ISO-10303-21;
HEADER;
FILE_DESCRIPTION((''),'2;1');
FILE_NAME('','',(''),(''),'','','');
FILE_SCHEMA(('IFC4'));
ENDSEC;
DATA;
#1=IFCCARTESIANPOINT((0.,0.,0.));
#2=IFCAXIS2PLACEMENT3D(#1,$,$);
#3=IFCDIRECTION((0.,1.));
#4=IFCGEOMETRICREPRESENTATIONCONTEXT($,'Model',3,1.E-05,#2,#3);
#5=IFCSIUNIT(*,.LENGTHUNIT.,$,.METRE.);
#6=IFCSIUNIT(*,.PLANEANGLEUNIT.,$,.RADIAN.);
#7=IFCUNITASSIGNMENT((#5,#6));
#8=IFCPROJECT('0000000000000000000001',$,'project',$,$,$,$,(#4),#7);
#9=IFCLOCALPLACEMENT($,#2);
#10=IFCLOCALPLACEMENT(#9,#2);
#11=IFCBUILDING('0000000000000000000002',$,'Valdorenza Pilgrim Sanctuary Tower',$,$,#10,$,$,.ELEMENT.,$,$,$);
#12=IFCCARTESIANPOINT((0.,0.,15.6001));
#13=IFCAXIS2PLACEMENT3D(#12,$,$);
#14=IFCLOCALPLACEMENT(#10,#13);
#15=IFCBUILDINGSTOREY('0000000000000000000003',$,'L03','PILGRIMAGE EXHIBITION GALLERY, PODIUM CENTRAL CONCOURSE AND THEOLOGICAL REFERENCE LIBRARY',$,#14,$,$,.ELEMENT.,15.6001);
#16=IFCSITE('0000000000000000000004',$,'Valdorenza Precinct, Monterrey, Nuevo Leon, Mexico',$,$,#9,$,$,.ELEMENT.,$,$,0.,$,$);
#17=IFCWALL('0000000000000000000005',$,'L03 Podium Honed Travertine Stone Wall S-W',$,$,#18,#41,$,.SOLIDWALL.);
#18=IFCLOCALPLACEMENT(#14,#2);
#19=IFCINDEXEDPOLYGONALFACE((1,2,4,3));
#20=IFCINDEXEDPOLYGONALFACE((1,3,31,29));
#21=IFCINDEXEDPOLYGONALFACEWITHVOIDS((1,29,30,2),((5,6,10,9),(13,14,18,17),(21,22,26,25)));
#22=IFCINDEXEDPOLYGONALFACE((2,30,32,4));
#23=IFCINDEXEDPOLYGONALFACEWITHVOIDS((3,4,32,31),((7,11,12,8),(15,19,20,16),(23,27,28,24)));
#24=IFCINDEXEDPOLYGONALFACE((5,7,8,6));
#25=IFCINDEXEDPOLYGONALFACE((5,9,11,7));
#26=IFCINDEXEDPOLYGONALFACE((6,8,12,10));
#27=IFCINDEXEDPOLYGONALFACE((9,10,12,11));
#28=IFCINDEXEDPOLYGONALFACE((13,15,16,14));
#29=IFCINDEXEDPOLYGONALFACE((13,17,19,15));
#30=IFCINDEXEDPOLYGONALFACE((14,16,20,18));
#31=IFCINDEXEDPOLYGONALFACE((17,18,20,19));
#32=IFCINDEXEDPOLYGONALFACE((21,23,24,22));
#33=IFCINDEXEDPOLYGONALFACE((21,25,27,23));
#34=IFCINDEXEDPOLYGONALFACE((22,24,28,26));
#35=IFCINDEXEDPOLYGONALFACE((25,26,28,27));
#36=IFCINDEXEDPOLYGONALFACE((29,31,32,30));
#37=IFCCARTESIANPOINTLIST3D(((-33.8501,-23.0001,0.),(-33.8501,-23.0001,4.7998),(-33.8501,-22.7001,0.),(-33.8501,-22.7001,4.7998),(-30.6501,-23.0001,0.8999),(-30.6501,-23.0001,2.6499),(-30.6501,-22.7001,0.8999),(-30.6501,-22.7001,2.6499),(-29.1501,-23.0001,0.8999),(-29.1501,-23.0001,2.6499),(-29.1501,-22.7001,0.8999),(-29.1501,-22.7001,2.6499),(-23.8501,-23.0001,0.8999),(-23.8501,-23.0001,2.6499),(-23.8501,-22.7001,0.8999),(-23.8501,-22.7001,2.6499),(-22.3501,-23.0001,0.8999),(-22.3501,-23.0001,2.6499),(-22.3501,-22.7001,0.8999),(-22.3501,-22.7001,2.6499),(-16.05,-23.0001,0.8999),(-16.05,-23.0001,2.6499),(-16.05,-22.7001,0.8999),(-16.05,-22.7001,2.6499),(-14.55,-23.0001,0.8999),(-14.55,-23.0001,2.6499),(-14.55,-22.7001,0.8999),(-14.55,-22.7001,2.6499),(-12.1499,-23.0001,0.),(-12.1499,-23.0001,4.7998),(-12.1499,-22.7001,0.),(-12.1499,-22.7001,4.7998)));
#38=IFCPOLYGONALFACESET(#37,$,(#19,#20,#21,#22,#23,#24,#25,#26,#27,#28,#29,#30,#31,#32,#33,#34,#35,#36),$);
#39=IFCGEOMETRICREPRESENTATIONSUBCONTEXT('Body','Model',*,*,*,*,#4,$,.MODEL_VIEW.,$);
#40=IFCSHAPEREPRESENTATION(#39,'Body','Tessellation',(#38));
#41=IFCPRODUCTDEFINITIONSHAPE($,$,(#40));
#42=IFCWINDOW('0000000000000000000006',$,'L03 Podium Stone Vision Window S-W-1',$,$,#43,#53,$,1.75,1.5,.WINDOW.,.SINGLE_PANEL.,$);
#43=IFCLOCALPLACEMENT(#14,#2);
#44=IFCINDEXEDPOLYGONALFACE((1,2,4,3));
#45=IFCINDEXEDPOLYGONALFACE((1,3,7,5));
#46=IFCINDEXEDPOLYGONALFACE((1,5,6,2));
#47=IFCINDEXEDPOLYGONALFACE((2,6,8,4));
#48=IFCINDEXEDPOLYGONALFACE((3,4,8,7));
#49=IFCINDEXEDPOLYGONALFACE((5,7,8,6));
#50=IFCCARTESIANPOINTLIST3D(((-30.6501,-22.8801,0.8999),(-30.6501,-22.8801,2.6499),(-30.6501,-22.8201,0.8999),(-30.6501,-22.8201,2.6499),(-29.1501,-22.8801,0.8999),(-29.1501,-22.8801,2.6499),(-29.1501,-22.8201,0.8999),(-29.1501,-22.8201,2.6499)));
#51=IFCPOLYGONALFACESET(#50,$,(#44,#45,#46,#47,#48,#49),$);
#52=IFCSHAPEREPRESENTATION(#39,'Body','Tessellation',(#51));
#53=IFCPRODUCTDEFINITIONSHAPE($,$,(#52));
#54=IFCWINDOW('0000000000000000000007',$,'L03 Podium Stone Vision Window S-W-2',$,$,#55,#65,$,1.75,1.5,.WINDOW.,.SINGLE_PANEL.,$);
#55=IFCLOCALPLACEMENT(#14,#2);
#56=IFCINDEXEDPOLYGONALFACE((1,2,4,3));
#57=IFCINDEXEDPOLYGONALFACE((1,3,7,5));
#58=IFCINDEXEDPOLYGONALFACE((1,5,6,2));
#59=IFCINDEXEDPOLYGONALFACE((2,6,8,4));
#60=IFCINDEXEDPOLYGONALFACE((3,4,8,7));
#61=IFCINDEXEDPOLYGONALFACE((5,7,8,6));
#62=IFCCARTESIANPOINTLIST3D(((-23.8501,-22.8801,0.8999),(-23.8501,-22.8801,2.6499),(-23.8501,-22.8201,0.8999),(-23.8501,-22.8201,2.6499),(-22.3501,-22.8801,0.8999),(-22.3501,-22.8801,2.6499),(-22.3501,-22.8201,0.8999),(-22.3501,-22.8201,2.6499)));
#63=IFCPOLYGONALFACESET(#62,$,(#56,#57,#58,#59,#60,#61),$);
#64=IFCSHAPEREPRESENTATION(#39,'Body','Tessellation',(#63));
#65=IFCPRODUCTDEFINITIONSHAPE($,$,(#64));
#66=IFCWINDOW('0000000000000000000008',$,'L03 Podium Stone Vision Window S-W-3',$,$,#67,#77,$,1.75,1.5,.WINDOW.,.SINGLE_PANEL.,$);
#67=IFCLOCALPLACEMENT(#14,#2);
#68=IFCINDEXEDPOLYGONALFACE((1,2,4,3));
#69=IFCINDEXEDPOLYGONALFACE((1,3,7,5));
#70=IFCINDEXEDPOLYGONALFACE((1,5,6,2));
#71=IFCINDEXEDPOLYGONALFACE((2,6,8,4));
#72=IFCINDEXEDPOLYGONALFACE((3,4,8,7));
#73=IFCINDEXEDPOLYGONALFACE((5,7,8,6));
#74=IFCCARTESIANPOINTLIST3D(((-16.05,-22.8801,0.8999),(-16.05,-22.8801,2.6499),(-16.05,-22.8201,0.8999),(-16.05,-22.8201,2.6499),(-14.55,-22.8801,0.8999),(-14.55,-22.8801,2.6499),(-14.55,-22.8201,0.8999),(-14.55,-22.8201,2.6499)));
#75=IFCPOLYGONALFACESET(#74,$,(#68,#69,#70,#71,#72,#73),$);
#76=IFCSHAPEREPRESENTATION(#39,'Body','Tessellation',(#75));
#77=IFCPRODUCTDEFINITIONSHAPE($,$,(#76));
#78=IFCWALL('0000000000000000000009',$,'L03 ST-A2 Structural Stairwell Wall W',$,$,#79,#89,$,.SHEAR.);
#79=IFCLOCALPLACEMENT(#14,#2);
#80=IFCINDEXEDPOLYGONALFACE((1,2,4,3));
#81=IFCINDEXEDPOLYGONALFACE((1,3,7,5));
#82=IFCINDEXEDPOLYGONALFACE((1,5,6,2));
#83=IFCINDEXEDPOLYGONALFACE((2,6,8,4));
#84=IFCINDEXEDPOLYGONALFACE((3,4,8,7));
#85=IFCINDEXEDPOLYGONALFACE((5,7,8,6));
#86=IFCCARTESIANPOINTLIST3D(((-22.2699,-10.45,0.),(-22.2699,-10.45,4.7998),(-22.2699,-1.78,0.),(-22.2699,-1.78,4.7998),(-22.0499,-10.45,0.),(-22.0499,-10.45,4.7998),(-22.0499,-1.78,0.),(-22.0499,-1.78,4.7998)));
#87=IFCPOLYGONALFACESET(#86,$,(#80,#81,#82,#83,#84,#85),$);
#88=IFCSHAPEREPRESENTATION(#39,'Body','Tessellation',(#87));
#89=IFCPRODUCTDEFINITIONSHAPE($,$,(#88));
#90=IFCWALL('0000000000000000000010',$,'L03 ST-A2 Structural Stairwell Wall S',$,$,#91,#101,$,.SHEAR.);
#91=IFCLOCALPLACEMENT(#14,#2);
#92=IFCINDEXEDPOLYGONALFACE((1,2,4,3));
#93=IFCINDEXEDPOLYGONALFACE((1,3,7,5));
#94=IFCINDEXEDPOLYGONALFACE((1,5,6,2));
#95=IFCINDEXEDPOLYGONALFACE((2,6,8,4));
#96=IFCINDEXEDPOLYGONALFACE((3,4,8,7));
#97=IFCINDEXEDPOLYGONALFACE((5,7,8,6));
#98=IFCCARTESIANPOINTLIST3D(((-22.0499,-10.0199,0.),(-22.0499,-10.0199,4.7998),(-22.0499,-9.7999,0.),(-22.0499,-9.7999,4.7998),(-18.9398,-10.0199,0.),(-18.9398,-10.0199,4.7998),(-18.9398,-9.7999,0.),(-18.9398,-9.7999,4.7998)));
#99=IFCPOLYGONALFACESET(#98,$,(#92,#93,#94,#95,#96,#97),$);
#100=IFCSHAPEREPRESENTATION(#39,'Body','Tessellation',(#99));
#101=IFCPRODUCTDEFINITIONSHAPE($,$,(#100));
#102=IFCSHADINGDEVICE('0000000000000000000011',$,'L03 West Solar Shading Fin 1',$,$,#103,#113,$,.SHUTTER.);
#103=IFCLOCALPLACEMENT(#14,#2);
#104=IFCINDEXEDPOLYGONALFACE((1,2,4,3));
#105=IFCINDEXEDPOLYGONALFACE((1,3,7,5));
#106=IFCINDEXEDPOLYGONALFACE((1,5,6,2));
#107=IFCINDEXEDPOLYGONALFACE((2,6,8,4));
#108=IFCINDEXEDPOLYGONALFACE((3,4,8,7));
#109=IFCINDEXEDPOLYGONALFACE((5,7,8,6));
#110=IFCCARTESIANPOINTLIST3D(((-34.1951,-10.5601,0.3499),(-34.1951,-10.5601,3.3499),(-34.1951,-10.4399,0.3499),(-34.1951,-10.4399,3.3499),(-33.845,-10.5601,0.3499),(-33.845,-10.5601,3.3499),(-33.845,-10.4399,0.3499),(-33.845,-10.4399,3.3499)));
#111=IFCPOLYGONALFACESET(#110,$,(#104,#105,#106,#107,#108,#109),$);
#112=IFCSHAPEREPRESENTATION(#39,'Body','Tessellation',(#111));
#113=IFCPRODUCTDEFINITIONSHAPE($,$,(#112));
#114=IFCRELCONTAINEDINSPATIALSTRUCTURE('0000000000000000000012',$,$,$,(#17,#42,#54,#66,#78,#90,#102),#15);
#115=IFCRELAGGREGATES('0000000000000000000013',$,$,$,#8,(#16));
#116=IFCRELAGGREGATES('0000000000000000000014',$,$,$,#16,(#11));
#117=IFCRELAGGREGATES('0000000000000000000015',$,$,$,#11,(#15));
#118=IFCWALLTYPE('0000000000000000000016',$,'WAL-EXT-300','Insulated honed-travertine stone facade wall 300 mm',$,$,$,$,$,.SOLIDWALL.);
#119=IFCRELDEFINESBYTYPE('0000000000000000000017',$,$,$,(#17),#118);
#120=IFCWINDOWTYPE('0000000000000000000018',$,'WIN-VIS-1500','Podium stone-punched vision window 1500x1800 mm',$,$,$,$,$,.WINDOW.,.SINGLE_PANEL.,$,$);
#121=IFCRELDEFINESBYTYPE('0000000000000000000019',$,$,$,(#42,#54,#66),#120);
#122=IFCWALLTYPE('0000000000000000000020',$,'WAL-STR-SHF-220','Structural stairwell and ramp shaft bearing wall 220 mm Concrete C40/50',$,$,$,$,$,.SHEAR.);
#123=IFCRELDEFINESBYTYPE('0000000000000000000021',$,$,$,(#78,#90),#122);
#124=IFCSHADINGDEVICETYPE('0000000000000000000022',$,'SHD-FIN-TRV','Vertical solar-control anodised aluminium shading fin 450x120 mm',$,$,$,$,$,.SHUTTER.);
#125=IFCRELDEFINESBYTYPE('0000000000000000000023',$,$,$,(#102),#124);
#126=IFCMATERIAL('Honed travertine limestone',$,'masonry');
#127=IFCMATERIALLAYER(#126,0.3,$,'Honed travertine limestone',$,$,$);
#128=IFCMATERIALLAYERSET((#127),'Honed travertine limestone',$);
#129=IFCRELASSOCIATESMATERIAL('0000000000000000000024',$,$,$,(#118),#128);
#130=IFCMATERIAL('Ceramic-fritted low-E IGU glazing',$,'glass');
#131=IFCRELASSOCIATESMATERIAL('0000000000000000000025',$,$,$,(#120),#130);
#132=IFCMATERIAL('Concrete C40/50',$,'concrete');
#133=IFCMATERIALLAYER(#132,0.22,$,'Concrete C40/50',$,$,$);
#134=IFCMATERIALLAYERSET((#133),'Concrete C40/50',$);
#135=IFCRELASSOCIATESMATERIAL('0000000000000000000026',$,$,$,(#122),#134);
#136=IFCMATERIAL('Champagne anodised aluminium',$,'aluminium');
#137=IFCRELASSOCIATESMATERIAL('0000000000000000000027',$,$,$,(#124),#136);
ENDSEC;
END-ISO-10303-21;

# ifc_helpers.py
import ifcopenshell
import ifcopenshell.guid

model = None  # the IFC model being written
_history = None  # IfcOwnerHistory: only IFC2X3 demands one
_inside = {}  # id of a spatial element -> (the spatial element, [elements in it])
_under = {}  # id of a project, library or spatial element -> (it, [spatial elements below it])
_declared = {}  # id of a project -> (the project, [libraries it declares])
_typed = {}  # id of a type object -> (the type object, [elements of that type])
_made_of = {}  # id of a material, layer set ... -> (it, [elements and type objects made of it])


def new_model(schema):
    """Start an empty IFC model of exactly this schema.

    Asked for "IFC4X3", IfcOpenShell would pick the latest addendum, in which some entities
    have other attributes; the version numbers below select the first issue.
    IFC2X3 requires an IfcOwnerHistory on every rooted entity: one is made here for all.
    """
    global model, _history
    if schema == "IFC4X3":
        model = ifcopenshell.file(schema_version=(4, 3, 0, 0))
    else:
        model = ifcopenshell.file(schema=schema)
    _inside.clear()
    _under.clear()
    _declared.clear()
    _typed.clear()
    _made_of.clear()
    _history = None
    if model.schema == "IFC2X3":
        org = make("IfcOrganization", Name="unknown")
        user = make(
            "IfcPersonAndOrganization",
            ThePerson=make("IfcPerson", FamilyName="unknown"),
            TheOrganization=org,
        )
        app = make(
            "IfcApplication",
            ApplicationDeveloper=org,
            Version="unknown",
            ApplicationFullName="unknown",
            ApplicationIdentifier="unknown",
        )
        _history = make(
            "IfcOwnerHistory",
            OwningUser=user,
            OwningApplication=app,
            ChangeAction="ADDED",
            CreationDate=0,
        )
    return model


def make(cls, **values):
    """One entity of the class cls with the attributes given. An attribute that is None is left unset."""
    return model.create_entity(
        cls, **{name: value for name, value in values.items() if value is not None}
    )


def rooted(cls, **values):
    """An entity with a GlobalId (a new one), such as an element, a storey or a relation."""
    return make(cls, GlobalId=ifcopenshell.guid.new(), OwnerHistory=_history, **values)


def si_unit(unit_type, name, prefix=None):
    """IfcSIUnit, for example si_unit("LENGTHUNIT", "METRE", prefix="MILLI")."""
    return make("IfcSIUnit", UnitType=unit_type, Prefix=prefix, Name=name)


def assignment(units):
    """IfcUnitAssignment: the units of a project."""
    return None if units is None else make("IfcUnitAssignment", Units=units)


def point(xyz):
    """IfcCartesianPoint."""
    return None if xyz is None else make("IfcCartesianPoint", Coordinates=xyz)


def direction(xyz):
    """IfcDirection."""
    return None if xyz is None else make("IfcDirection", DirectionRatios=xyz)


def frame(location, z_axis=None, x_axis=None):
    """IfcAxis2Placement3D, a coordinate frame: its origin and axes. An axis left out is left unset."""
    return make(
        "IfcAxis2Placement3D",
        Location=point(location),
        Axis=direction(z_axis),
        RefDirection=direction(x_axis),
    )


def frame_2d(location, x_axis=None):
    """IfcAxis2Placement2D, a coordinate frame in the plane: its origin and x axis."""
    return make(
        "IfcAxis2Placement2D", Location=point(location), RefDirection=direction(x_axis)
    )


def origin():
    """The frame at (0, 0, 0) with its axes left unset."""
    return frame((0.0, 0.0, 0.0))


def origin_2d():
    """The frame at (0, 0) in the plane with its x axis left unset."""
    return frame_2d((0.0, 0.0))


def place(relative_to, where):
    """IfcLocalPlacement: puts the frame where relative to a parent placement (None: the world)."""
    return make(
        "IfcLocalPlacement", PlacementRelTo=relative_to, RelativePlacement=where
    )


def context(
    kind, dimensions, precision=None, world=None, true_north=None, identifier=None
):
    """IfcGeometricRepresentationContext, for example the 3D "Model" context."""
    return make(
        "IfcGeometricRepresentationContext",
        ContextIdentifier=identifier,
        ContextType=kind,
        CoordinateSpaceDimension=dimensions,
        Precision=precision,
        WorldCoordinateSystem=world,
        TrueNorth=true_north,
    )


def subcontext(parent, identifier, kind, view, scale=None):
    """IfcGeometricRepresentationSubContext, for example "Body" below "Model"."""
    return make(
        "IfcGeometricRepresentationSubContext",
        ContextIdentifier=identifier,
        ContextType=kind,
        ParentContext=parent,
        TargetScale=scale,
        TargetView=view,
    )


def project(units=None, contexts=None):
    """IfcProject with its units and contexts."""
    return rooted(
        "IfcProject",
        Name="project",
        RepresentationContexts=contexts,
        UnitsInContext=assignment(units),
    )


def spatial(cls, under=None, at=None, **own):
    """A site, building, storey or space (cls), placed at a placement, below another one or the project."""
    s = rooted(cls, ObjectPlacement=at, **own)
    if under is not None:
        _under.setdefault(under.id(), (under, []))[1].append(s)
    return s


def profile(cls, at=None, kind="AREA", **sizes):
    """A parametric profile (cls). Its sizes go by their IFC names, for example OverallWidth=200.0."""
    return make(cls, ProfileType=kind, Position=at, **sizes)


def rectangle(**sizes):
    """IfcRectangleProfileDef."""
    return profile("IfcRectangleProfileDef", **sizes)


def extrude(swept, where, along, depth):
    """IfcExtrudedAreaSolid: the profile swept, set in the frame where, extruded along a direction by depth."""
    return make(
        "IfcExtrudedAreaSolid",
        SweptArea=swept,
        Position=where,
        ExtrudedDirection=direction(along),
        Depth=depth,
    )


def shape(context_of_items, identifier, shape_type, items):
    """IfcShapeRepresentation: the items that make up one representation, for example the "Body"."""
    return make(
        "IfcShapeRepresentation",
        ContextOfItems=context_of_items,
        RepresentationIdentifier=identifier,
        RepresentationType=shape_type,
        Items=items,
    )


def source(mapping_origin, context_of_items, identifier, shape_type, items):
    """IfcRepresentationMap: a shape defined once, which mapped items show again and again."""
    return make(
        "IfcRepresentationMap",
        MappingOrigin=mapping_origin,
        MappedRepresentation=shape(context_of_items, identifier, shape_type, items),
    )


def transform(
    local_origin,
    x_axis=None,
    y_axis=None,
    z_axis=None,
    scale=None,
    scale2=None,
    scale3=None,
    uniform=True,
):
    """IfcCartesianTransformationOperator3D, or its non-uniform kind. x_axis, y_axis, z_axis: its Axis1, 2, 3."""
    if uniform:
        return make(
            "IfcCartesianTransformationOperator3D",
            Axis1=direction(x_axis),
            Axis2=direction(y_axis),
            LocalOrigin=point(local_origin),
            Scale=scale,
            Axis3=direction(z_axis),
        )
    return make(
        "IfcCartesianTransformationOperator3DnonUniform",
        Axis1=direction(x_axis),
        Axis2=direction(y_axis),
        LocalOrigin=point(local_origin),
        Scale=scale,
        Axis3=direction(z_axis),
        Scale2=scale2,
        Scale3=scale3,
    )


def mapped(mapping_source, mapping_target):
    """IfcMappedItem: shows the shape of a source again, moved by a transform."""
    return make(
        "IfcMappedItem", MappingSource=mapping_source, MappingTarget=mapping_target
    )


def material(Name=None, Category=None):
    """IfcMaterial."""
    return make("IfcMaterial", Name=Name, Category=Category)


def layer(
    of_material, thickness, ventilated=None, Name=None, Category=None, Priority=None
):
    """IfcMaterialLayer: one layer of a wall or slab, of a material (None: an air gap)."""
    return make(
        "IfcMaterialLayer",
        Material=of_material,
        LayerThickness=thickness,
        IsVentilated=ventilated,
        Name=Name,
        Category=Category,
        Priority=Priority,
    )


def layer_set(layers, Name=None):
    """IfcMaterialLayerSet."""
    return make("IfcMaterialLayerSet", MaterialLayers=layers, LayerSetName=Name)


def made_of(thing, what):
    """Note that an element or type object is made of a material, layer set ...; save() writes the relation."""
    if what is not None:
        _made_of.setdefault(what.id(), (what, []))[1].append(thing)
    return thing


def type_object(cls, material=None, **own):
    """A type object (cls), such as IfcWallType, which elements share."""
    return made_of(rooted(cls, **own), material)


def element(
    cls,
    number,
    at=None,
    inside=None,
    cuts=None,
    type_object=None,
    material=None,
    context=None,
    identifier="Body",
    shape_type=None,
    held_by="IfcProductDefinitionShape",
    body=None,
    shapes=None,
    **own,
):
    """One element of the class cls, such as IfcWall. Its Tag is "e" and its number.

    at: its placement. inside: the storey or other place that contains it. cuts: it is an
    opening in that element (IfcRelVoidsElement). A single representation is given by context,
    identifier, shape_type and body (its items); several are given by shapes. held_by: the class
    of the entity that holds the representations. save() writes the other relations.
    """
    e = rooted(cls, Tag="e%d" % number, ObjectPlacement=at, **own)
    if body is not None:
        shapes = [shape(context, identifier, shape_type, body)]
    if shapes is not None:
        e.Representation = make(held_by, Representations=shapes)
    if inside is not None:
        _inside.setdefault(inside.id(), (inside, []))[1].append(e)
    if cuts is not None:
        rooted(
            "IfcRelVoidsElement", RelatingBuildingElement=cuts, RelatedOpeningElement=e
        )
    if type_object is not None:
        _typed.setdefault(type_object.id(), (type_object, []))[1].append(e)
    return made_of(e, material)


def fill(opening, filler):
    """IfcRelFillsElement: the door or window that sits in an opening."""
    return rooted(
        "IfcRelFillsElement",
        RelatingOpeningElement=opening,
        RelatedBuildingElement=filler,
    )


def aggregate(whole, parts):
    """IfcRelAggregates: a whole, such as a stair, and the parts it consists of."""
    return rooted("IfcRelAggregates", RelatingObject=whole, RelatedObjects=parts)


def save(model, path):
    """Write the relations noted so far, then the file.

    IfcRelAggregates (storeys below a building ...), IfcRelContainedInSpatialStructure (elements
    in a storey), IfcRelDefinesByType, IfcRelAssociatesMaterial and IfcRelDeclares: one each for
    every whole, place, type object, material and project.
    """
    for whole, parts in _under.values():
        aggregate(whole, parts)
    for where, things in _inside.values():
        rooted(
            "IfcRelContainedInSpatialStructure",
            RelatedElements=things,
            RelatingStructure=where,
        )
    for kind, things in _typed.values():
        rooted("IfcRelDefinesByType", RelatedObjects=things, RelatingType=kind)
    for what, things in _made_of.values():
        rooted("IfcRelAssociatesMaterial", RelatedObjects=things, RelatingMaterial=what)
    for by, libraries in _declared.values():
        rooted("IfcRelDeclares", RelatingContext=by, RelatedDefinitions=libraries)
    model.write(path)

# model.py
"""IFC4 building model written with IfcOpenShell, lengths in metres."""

from ifc_helpers import new_model, si_unit, direction, frame, frame_2d, origin, origin_2d, place, context, subcontext, project, spatial, rectangle, extrude, source, transform, mapped, material, layer, layer_set, type_object, element, fill, save


model = new_model("IFC4")

# Units and contexts
model_context = context("Model", 3, precision=1e-05, world=origin(), true_north=direction((0.0, 1.0)))
body_context = subcontext(model_context, "Body", "Model", "MODEL_VIEW")
ifc_project = project(units=[si_unit("LENGTHUNIT", "METRE"), si_unit("PLANEANGLEUNIT", "RADIAN")], contexts=[model_context])

# Site, building, storey
site_placement = place(None, origin())
site = spatial("IfcSite", under=ifc_project, at=site_placement, Name="Valdorenza Precinct, Monterrey, Nuevo Leon, Mexico", CompositionType="ELEMENT", RefElevation=0.0)
building_placement = place(site_placement, origin())
building = spatial("IfcBuilding", under=site, at=building_placement, Name="Valdorenza Pilgrim Sanctuary Tower", CompositionType="ELEMENT")
storey_placement = place(building_placement, frame((0.0, 0.0, 15.6001)))
storey = spatial("IfcBuildingStorey", under=building, at=storey_placement, Name="L03", Description="PILGRIMAGE EXHIBITION GALLERY, PODIUM CENTRAL CONCOURSE AND THEOLOGICAL REFERENCE LIBRARY", CompositionType="ELEMENT", Elevation=15.6001)

# Wall, openings, windows
ifc_material_1 = material(Name="Honed travertine limestone", Category="masonry")
ifc_layer_1 = layer(ifc_material_1, 0.3, Name="Honed travertine limestone")
ifc_layer_set_1 = layer_set([ifc_layer_1], Name="Honed travertine limestone")
wall_type_1 = type_object("IfcWallType", Name="WAL-EXT-300", Description="Insulated honed-travertine stone facade wall 300 mm", PredefinedType="SOLIDWALL", material=ifc_layer_set_1)
ifc_material_2 = material(Name="Ceramic-fritted low-E IGU glazing", Category="glass")
window_type = type_object("IfcWindowType", Name="WIN-VIS-1500", Description="Podium stone-punched vision window 1500x1800 mm", PartitioningType="SINGLE_PANEL", PredefinedType="WINDOW", material=ifc_material_2)
wall_1_placement = place(storey_placement, frame((-33.8501, -22.8501, 0.0), z_axis=(0.0, 0.0, 1.0), x_axis=(1.0, 0.0, 0.0)))
wall_1 = element("IfcWall", 1, at=wall_1_placement, inside=storey, type_object=wall_type_1, Name="L03 Podium Honed Travertine Stone Wall S-W", PredefinedType="SOLIDWALL", context=body_context, shape_type="SweptSolid", body=[
    extrude(rectangle(XDim=21.7002, YDim=0.3, at=frame_2d((10.8501, 0.0))), origin(), (0.0, 0.0, 1.0), 4.7998),
])
opening_1_placement = place(wall_1_placement, frame((3.2, 0.0, 0.8999)))
opening_1 = element("IfcOpeningElement", 2, at=opening_1_placement, cuts=wall_1, PredefinedType="OPENING", context=body_context, shape_type="SweptSolid", body=[
    extrude(rectangle(XDim=1.5, YDim=1.75, at=frame_2d((0.75, 0.875))), frame((0.0, 0.165, 0.0), z_axis=(0.0, -1.0, 0.0), x_axis=(1.0, 0.0, 0.0)), (0.0, 0.0, 1.0), 0.3298),
])
opening_2_placement = place(wall_1_placement, frame((10.0, 0.0, 0.8999)))
opening_2 = element("IfcOpeningElement", 3, at=opening_2_placement, cuts=wall_1, PredefinedType="OPENING", context=body_context, shape_type="SweptSolid", body=[
    extrude(rectangle(XDim=1.5, YDim=1.75, at=frame_2d((0.75, 0.875))), frame((0.0, 0.165, 0.0), z_axis=(0.0, -1.0, 0.0), x_axis=(1.0, 0.0, 0.0)), (0.0, 0.0, 1.0), 0.3298),
])
opening_3_placement = place(wall_1_placement, frame((17.8, 0.0, 0.8999)))
opening_3 = element("IfcOpeningElement", 4, at=opening_3_placement, cuts=wall_1, PredefinedType="OPENING", context=body_context, shape_type="SweptSolid", body=[
    extrude(rectangle(XDim=1.5, YDim=1.75, at=frame_2d((0.75, 0.875))), frame((0.0, 0.165, 0.0), z_axis=(0.0, -1.0, 0.0), x_axis=(1.0, 0.0, 0.0)), (0.0, 0.0, 1.0), 0.3298),
])
window_1_placement = place(opening_1_placement, origin())
window_1 = element("IfcWindow", 5, at=window_1_placement, inside=storey, type_object=window_type, Name="L03 Podium Stone Vision Window S-W-1", OverallHeight=1.75, OverallWidth=1.5, PartitioningType="SINGLE_PANEL", PredefinedType="WINDOW", context=body_context, shape_type="SweptSolid", body=[
    extrude(rectangle(XDim=1.5, YDim=1.75, at=frame_2d((0.75, 0.875))), frame((0.0, 0.03, 0.0), z_axis=(0.0, -1.0, 0.0), x_axis=(1.0, 0.0, 0.0)), (0.0, 0.0, 1.0), 0.0601),
])
fill(opening_1, window_1)
window_2_placement = place(opening_2_placement, origin())
window_2 = element("IfcWindow", 6, at=window_2_placement, inside=storey, type_object=window_type, Name="L03 Podium Stone Vision Window S-W-2", OverallHeight=1.75, OverallWidth=1.5, PartitioningType="SINGLE_PANEL", PredefinedType="WINDOW", context=body_context, shape_type="SweptSolid", body=[
    extrude(rectangle(XDim=1.5, YDim=1.75, at=frame_2d((0.75, 0.875))), frame((0.0, 0.03, 0.0), z_axis=(0.0, -1.0, 0.0), x_axis=(1.0, 0.0, 0.0)), (0.0, 0.0, 1.0), 0.0601),
])
fill(opening_2, window_2)
window_3_placement = place(opening_3_placement, origin())
window_3 = element("IfcWindow", 7, at=window_3_placement, inside=storey, type_object=window_type, Name="L03 Podium Stone Vision Window S-W-3", OverallHeight=1.75, OverallWidth=1.5, PartitioningType="SINGLE_PANEL", PredefinedType="WINDOW", context=body_context, shape_type="SweptSolid", body=[
    extrude(rectangle(XDim=1.5, YDim=1.75, at=frame_2d((0.75, 0.875))), frame((0.0, 0.03, 0.0), z_axis=(0.0, -1.0, 0.0), x_axis=(1.0, 0.0, 0.0)), (0.0, 0.0, 1.0), 0.0601),
])
fill(opening_3, window_3)

# Walls
ifc_material_3 = material(Name="Concrete C40/50", Category="concrete")
ifc_layer_2 = layer(ifc_material_3, 0.22, Name="Concrete C40/50")
ifc_layer_set_2 = layer_set([ifc_layer_2], Name="Concrete C40/50")
wall_type_2 = type_object("IfcWallType", Name="WAL-STR-SHF-220", Description="Structural stairwell and ramp shaft bearing wall 220 mm Concrete C40/50", PredefinedType="SHEAR", material=ifc_layer_set_2)
wall_2_placement = place(storey_placement, frame((-22.1599, -10.45, 0.0), z_axis=(0.0, 0.0, 1.0), x_axis=(0.0, 1.0, 0.0)))
element("IfcWall", 8, at=wall_2_placement, inside=storey, type_object=wall_type_2, Name="L03 ST-A2 Structural Stairwell Wall W", PredefinedType="SHEAR", context=body_context, shape_type="SweptSolid", body=[
    extrude(rectangle(XDim=8.6699, YDim=0.22, at=frame_2d((4.335, 0.0))), origin(), (0.0, 0.0, 1.0), 4.7998),
])
wall_3_placement = place(storey_placement, frame((-22.05, -9.9099, 0.0), z_axis=(0.0, 0.0, 1.0), x_axis=(1.0, 0.0, 0.0)))
element("IfcWall", 9, at=wall_3_placement, inside=storey, type_object=wall_type_2, Name="L03 ST-A2 Structural Stairwell Wall S", PredefinedType="SHEAR", context=body_context, shape_type="SweptSolid", body=[
    extrude(rectangle(XDim=3.1101, YDim=0.22, at=frame_2d((1.5552, 0.0))), origin(), (0.0, 0.0, 1.0), 4.7998),
])

# Shading device
ifc_material_4 = material(Name="Champagne anodised aluminium", Category="aluminium")
shading_device_type = type_object("IfcShadingDeviceType", Name="SHD-FIN-TRV", Description="Vertical solar-control anodised aluminium shading fin 450x120 mm", PredefinedType="SHUTTER", material=ifc_material_4)
shared_shape_1 = source(origin(), body_context, "Body", "SweptSolid", [
    extrude(rectangle(XDim=0.3501, YDim=0.1201, at=origin_2d()), origin(), (0.0, 0.0, 1.0), 3.0),
])
shading_device_placement = place(storey_placement, frame((-34.02, -10.5, 0.3499), z_axis=(0.0, 0.0, 1.0), x_axis=(1.0, 0.0, 0.0)))
element("IfcShadingDevice", 10, at=shading_device_placement, inside=storey, type_object=shading_device_type, Name="L03 West Solar Shading Fin 1", PredefinedType="SHUTTER", context=body_context, shape_type="MappedRepresentation", body=[
    mapped(shared_shape_1, transform((0.0, 0.0, 0.0), x_axis=(1.0, 0.0, 0.0), y_axis=(0.0, 1.0, 0.0), z_axis=(0.0, 0.0, 1.0), scale=1.0)),
])

save(model, "model.ifc")
